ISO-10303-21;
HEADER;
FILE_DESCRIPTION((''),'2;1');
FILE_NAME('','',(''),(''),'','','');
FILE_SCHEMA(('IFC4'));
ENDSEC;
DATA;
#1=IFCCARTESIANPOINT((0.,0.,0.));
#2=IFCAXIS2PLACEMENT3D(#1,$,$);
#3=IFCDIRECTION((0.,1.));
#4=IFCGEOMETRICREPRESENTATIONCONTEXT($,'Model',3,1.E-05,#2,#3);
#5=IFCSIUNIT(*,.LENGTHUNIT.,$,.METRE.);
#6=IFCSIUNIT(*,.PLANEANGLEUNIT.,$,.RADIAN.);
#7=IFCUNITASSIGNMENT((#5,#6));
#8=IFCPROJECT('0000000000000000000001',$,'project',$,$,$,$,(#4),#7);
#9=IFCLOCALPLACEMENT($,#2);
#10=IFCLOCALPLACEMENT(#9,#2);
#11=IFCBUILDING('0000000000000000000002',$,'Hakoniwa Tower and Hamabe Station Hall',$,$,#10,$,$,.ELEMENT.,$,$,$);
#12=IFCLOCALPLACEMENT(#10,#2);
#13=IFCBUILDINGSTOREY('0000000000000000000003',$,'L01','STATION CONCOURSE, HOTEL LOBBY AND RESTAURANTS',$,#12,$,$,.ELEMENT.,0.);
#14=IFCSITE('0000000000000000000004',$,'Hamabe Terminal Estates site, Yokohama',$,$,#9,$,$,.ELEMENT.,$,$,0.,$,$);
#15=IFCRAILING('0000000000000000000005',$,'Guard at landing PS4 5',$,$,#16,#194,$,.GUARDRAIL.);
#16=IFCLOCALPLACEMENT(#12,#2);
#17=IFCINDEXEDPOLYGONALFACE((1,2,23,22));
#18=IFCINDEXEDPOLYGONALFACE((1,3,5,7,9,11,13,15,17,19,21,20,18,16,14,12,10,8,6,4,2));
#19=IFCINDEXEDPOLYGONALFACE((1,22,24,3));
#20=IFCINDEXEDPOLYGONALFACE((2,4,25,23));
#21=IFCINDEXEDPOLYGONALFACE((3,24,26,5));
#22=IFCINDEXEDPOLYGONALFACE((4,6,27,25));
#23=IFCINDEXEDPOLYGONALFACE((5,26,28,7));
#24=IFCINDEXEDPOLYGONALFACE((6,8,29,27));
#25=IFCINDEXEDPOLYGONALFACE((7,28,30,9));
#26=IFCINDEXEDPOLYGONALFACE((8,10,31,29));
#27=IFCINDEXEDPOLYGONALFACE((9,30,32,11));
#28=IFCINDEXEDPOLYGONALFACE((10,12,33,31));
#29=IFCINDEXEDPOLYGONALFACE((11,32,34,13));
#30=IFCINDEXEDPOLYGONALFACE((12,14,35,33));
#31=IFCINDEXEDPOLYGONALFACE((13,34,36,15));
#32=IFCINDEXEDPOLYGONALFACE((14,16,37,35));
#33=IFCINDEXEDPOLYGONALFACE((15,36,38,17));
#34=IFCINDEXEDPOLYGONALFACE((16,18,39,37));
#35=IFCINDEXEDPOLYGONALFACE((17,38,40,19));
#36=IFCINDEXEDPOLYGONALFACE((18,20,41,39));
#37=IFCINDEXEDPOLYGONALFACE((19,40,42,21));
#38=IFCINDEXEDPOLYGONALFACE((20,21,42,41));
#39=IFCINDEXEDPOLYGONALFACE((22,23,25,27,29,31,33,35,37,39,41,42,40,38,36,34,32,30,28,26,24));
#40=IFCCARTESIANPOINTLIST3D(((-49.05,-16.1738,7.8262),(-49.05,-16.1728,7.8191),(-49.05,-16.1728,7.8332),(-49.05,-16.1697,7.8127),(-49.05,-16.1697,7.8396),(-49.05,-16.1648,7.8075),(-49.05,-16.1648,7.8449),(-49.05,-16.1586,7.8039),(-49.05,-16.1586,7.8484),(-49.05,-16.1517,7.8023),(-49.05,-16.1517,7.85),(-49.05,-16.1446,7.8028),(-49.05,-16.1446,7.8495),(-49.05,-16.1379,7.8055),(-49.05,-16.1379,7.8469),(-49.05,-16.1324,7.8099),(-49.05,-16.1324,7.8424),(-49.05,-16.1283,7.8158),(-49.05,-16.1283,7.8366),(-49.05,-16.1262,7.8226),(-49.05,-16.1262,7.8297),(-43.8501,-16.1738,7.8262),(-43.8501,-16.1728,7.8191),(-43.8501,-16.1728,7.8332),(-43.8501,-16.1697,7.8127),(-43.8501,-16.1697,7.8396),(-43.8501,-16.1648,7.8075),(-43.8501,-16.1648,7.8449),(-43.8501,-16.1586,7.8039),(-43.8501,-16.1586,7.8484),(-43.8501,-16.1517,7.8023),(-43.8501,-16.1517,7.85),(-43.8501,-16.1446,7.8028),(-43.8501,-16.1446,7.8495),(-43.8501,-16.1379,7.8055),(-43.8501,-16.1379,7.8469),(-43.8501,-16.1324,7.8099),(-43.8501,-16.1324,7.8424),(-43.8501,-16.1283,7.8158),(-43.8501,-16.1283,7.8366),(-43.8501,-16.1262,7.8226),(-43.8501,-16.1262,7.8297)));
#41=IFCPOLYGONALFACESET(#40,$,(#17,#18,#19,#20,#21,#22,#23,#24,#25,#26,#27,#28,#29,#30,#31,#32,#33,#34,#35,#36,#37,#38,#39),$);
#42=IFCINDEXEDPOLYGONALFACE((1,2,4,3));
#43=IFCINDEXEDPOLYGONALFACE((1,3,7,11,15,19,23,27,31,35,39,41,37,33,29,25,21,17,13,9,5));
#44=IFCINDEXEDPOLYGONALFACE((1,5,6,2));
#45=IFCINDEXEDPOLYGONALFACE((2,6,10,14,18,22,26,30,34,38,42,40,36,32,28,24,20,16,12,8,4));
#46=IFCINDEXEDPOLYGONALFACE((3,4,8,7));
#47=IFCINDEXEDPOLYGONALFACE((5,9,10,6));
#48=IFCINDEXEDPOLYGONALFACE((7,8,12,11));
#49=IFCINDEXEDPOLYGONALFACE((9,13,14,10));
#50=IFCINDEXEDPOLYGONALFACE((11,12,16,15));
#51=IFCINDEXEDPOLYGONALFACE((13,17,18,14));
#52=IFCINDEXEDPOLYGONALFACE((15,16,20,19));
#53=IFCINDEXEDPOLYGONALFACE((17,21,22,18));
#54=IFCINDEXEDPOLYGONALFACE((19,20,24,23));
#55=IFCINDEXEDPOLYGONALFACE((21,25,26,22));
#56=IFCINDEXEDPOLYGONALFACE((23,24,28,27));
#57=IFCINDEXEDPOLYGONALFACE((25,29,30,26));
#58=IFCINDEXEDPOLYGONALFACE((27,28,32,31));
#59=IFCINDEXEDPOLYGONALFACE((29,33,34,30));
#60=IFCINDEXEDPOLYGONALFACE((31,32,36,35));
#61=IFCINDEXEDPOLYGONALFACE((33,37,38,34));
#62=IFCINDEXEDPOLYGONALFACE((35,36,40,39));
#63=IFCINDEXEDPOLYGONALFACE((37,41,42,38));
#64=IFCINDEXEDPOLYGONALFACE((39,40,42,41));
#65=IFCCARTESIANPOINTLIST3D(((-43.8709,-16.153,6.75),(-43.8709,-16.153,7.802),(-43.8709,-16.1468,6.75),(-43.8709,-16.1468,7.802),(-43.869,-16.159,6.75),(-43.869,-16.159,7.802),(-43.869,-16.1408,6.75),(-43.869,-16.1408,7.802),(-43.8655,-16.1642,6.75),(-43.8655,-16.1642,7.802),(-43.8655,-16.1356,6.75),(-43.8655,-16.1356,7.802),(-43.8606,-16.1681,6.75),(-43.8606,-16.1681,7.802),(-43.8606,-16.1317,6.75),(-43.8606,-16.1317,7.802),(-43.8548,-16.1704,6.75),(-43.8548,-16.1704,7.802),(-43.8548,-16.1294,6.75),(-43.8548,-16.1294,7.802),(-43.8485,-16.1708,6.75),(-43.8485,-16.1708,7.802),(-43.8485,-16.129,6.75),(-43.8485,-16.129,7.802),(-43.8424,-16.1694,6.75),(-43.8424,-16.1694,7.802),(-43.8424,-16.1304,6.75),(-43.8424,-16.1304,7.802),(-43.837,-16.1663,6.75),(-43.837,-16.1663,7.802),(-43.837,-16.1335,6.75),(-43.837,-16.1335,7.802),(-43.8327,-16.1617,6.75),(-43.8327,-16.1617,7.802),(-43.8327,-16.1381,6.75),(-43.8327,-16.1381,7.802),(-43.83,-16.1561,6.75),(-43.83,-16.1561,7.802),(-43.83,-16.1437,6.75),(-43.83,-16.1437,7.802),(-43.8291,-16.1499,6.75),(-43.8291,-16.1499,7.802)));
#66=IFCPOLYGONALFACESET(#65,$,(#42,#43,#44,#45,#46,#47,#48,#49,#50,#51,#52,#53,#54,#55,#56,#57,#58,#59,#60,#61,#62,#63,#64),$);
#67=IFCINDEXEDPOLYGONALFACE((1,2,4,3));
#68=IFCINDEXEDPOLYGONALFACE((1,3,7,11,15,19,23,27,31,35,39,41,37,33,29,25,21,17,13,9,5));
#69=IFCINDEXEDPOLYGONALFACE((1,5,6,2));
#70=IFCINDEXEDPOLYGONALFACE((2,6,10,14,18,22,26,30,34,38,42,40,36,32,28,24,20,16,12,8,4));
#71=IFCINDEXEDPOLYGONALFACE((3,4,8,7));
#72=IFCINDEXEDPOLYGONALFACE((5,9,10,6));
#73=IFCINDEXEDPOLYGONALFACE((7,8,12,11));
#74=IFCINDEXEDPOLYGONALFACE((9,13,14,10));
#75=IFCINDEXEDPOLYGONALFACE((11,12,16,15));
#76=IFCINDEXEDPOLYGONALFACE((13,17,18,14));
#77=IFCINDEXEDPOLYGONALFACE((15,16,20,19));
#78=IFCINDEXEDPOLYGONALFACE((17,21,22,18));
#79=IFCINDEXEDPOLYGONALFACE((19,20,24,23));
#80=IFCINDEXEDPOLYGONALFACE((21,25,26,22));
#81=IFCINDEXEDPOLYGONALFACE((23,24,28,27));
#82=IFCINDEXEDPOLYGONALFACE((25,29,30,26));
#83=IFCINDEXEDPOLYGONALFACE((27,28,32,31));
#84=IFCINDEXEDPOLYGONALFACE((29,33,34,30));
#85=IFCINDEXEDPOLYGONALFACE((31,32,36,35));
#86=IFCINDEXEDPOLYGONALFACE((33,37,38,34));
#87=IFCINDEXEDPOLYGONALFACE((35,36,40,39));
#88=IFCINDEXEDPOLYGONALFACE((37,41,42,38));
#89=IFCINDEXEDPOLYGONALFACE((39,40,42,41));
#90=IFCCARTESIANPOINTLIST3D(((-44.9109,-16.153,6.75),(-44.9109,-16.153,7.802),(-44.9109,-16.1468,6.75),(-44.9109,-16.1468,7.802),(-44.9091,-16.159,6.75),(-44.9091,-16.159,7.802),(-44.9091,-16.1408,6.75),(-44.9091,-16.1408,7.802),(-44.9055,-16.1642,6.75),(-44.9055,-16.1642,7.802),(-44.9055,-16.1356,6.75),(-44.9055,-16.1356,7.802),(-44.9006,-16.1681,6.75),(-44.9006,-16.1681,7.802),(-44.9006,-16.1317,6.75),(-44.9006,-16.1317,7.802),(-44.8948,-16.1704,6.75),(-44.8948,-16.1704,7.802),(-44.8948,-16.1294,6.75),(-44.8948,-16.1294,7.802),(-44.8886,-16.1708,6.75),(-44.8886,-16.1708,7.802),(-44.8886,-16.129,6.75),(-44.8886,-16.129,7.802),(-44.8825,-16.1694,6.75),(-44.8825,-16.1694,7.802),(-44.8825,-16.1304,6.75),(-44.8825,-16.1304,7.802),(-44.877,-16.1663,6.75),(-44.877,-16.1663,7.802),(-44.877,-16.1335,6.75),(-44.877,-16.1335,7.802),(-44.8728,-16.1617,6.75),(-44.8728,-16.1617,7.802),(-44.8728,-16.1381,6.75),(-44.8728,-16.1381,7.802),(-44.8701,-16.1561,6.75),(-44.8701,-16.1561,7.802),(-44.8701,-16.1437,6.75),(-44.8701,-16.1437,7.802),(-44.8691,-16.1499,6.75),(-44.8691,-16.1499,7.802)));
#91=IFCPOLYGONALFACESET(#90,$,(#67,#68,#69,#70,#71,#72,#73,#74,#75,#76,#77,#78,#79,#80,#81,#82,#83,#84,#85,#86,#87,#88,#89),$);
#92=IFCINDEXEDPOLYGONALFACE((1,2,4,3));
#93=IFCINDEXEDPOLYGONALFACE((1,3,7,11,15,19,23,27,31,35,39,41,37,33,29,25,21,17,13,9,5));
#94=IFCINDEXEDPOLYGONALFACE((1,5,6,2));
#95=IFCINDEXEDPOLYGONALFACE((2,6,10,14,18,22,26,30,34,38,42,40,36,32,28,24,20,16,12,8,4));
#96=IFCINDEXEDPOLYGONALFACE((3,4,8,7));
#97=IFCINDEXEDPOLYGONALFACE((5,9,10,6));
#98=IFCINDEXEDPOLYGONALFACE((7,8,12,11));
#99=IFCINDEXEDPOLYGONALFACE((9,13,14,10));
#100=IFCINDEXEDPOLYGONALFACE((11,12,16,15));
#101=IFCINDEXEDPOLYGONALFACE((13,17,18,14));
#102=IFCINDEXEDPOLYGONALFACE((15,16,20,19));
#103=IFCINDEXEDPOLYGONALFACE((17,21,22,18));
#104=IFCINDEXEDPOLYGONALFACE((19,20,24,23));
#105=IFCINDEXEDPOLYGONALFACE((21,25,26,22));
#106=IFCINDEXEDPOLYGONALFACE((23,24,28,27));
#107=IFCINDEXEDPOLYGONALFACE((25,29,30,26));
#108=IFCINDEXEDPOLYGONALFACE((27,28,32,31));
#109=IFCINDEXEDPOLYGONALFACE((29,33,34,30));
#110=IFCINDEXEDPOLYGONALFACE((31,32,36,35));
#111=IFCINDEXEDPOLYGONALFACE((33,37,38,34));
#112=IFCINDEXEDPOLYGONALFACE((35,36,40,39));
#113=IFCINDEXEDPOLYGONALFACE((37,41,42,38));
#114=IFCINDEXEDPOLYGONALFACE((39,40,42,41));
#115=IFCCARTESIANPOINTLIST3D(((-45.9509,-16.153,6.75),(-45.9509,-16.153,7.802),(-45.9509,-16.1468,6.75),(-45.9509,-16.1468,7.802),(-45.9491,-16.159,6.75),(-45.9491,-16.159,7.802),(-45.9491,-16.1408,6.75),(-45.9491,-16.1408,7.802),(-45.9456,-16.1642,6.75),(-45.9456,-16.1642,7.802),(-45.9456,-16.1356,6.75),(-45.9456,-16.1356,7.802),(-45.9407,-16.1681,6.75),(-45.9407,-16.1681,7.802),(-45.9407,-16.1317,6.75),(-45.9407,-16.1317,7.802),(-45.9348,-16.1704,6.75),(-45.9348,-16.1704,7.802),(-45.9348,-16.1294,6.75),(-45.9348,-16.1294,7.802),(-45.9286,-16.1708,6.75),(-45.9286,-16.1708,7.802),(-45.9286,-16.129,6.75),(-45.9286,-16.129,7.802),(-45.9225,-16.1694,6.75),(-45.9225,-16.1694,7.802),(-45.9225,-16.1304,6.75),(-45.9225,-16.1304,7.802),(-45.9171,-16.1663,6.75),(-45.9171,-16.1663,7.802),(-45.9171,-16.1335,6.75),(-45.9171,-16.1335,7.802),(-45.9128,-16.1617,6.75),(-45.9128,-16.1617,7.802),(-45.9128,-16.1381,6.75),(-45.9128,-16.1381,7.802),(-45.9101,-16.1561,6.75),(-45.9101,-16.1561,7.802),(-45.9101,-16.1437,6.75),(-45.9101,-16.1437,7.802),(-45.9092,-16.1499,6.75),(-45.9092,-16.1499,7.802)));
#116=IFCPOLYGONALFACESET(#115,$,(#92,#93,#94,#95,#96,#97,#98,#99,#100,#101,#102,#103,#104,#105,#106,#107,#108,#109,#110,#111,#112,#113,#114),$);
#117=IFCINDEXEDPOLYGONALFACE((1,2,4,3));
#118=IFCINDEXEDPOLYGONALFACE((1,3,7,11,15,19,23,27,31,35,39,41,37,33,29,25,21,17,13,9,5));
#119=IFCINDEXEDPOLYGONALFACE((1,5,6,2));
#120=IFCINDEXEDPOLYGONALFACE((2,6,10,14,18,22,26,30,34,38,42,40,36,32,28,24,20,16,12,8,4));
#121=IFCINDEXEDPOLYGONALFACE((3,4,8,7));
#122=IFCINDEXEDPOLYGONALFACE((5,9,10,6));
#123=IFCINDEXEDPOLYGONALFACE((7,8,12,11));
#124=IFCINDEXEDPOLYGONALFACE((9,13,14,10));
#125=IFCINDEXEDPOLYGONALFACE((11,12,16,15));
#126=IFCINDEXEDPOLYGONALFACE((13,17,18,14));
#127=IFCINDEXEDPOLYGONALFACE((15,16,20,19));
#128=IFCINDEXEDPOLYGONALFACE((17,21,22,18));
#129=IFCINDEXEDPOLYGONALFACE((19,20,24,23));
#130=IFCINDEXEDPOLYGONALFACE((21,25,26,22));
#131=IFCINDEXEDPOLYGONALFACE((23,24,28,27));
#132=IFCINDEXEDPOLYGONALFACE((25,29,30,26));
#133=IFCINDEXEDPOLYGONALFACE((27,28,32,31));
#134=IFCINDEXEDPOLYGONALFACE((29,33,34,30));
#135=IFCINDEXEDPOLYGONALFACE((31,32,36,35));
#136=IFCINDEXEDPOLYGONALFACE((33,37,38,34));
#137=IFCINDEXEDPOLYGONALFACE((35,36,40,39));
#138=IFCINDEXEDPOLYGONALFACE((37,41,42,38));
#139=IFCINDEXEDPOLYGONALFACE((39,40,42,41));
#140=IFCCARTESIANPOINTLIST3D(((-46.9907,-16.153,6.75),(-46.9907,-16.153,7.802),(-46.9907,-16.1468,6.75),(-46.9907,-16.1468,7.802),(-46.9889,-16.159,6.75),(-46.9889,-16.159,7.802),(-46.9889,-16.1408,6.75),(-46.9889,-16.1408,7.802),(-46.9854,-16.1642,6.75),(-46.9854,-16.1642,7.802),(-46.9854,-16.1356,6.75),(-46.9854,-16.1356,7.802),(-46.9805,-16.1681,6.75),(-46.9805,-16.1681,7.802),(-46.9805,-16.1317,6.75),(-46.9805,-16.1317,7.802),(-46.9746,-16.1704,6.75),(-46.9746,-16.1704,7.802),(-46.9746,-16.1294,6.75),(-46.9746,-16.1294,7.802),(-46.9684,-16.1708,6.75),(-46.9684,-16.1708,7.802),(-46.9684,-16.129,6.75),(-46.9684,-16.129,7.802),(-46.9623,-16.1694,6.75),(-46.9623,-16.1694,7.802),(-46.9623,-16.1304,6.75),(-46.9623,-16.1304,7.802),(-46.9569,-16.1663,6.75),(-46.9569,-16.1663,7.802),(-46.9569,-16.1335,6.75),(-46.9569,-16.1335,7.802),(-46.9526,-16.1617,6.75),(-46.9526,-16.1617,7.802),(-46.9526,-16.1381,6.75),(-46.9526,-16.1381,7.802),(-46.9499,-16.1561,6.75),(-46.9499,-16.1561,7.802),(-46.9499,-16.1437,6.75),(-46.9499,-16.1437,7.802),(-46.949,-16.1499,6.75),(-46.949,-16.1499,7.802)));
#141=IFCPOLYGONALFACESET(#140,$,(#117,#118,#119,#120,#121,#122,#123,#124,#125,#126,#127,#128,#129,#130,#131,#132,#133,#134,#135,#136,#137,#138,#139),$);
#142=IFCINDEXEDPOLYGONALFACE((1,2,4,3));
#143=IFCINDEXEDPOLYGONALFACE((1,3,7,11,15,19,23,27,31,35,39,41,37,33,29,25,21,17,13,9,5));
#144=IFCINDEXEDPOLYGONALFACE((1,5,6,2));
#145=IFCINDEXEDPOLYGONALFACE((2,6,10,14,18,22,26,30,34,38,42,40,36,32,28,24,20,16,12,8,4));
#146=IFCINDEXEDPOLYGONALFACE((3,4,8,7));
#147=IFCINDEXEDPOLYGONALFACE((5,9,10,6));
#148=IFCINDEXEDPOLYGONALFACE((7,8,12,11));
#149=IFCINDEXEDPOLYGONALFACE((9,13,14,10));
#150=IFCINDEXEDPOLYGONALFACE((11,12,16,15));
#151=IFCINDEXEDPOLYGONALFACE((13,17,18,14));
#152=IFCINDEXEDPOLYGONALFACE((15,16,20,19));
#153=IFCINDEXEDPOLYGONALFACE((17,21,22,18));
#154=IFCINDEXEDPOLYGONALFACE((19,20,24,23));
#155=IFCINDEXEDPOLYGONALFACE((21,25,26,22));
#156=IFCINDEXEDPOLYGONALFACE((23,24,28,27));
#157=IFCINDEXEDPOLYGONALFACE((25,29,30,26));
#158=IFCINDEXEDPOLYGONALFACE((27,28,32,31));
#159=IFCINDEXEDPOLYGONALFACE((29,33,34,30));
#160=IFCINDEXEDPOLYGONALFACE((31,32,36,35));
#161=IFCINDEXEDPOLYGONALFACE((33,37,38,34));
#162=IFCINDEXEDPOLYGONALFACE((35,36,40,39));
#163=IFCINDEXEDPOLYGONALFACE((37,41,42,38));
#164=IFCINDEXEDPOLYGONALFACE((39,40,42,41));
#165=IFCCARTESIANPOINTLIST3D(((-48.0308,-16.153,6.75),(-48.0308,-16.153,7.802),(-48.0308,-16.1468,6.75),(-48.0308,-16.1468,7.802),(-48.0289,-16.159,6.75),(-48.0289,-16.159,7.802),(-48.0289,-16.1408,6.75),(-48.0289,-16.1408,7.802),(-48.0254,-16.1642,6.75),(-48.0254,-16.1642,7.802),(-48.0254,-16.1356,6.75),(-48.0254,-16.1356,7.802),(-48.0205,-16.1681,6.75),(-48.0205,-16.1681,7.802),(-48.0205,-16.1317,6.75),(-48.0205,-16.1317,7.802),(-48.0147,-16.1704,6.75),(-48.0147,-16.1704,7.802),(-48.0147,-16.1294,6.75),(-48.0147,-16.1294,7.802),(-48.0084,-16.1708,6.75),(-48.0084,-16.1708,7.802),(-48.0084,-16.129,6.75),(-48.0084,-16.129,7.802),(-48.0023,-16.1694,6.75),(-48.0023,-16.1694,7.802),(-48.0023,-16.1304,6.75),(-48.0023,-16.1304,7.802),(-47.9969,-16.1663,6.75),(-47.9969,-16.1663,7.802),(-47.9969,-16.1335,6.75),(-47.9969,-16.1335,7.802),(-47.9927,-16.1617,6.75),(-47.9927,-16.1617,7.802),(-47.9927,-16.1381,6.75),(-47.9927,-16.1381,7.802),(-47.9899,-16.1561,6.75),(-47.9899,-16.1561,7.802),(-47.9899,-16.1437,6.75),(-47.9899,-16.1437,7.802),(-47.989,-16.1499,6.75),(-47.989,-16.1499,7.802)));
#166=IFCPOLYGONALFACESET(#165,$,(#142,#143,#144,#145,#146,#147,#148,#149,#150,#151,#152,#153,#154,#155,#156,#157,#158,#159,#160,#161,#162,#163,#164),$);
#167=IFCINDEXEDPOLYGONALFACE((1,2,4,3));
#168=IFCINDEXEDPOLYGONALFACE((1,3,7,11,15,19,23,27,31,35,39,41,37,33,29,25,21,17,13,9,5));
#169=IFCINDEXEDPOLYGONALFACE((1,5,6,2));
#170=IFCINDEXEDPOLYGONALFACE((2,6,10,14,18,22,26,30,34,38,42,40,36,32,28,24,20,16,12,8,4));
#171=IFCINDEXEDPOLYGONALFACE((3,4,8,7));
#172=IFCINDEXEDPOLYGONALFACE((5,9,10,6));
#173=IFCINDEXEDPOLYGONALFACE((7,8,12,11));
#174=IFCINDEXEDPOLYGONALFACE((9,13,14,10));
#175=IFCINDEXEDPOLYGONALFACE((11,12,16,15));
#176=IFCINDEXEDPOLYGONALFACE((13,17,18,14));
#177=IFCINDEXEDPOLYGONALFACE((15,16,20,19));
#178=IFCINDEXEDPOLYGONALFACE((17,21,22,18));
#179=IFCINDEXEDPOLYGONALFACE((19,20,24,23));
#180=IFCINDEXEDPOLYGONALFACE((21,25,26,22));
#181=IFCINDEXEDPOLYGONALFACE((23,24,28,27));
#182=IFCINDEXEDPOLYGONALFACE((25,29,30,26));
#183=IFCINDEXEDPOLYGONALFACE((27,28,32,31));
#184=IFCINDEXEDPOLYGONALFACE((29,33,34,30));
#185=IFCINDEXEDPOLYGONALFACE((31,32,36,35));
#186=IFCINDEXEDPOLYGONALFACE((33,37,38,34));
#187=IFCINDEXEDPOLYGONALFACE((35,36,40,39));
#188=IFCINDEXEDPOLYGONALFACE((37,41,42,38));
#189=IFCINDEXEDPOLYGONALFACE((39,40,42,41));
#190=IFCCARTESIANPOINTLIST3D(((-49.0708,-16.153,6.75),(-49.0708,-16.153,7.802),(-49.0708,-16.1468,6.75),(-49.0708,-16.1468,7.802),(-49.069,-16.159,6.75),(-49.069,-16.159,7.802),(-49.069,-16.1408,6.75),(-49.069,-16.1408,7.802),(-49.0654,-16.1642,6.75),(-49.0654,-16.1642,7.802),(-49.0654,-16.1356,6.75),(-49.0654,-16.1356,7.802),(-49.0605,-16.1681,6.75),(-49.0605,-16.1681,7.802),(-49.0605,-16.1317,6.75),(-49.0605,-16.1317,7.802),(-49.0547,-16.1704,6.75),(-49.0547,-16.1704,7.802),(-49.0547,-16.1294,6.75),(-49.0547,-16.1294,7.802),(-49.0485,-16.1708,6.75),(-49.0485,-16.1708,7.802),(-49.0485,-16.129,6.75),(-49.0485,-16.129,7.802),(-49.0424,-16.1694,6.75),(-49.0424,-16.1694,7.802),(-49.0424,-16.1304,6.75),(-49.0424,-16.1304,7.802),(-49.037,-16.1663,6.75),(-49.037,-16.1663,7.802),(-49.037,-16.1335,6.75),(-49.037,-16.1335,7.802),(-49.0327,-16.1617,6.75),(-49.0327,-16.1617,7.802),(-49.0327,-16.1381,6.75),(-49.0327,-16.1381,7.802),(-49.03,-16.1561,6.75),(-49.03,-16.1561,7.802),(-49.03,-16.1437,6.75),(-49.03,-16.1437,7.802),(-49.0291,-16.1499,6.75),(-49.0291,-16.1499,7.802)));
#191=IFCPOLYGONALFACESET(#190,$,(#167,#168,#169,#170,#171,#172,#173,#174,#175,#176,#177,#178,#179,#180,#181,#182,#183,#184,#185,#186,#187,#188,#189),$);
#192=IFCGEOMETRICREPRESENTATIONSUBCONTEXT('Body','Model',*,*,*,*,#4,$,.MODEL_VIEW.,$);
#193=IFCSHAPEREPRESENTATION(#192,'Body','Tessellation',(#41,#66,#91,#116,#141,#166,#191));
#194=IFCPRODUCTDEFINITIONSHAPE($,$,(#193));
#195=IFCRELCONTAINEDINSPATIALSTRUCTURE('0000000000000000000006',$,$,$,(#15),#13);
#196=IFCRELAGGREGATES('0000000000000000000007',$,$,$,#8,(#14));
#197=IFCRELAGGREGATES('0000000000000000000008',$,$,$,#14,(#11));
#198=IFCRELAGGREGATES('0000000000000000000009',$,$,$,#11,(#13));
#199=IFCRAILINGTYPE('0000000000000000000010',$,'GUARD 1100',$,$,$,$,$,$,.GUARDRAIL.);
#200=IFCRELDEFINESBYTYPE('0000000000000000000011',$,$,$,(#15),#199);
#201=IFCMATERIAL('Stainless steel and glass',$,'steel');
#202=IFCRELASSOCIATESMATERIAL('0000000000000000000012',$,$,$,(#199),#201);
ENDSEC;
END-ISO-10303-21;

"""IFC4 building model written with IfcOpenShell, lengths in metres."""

from ifc_helpers import new_model, si_unit, direction, frame, origin, origin_2d, place, context, subcontext, project, spatial, circle, extrude, material, type_object, element, save


model = new_model("IFC4")

# Units and contexts
model_context = context("Model", 3, precision=1e-05, world=origin(), true_north=direction((0.0, 1.0)))
body_context = subcontext(model_context, "Body", "Model", "MODEL_VIEW")
ifc_project = project(units=[si_unit("LENGTHUNIT", "METRE"), si_unit("PLANEANGLEUNIT", "RADIAN")], contexts=[model_context])

# Site, building, storey
site_placement = place(None, origin())
site = spatial("IfcSite", under=ifc_project, at=site_placement, Name="Hamabe Terminal Estates site, Yokohama", CompositionType="ELEMENT", RefElevation=0.0)
building_placement = place(site_placement, origin())
building = spatial("IfcBuilding", under=site, at=building_placement, Name="Hakoniwa Tower and Hamabe Station Hall", CompositionType="ELEMENT")
storey_placement = place(building_placement, origin())
storey = spatial("IfcBuildingStorey", under=building, at=storey_placement, Name="L01", Description="STATION CONCOURSE, HOTEL LOBBY AND RESTAURANTS", CompositionType="ELEMENT", Elevation=0.0)

# Railing
ifc_material_1 = material(Name="Stainless steel and glass", Category="steel")
railing_type_1 = type_object("IfcRailingType", Name="GUARD 1100", PredefinedType="GUARDRAIL", material=ifc_material_1)
railing_1_placement = place(storey_placement, frame((-43.8501, -16.1499, 6.75)))
element("IfcRailing", 1, at=railing_1_placement, inside=storey, type_object=railing_type_1, Name="Guard at landing PS4 5", PredefinedType="GUARDRAIL", context=body_context, shape_type="SweptSolid", body=[
    extrude(circle(Radius=0.0239, at=origin_2d()), frame((0.0, 0.0, 1.0762), z_axis=(-1.0, 0.0, 0.0), x_axis=(0.0, -1.0, 0.0)), (0.0, 0.0, 1.0), 5.2),
    extrude(circle(Radius=0.021, at=origin_2d()), origin(), (0.0, 0.0, 1.0), 1.052),
    extrude(circle(Radius=0.021, at=origin_2d()), frame((-1.04, 0.0, 0.0)), (0.0, 0.0, 1.0), 1.052),
    extrude(circle(Radius=0.021, at=origin_2d()), frame((-2.0801, 0.0, 0.0)), (0.0, 0.0, 1.0), 1.052),
    extrude(circle(Radius=0.021, at=origin_2d()), frame((-3.1199, 0.0, 0.0)), (0.0, 0.0, 1.0), 1.052),
    extrude(circle(Radius=0.021, at=origin_2d()), frame((-4.1599, 0.0, 0.0)), (0.0, 0.0, 1.0), 1.052),
    extrude(circle(Radius=0.021, at=origin_2d()), frame((-5.2, 0.0, 0.0)), (0.0, 0.0, 1.0), 1.052),
])

save(model, "model.ifc")
